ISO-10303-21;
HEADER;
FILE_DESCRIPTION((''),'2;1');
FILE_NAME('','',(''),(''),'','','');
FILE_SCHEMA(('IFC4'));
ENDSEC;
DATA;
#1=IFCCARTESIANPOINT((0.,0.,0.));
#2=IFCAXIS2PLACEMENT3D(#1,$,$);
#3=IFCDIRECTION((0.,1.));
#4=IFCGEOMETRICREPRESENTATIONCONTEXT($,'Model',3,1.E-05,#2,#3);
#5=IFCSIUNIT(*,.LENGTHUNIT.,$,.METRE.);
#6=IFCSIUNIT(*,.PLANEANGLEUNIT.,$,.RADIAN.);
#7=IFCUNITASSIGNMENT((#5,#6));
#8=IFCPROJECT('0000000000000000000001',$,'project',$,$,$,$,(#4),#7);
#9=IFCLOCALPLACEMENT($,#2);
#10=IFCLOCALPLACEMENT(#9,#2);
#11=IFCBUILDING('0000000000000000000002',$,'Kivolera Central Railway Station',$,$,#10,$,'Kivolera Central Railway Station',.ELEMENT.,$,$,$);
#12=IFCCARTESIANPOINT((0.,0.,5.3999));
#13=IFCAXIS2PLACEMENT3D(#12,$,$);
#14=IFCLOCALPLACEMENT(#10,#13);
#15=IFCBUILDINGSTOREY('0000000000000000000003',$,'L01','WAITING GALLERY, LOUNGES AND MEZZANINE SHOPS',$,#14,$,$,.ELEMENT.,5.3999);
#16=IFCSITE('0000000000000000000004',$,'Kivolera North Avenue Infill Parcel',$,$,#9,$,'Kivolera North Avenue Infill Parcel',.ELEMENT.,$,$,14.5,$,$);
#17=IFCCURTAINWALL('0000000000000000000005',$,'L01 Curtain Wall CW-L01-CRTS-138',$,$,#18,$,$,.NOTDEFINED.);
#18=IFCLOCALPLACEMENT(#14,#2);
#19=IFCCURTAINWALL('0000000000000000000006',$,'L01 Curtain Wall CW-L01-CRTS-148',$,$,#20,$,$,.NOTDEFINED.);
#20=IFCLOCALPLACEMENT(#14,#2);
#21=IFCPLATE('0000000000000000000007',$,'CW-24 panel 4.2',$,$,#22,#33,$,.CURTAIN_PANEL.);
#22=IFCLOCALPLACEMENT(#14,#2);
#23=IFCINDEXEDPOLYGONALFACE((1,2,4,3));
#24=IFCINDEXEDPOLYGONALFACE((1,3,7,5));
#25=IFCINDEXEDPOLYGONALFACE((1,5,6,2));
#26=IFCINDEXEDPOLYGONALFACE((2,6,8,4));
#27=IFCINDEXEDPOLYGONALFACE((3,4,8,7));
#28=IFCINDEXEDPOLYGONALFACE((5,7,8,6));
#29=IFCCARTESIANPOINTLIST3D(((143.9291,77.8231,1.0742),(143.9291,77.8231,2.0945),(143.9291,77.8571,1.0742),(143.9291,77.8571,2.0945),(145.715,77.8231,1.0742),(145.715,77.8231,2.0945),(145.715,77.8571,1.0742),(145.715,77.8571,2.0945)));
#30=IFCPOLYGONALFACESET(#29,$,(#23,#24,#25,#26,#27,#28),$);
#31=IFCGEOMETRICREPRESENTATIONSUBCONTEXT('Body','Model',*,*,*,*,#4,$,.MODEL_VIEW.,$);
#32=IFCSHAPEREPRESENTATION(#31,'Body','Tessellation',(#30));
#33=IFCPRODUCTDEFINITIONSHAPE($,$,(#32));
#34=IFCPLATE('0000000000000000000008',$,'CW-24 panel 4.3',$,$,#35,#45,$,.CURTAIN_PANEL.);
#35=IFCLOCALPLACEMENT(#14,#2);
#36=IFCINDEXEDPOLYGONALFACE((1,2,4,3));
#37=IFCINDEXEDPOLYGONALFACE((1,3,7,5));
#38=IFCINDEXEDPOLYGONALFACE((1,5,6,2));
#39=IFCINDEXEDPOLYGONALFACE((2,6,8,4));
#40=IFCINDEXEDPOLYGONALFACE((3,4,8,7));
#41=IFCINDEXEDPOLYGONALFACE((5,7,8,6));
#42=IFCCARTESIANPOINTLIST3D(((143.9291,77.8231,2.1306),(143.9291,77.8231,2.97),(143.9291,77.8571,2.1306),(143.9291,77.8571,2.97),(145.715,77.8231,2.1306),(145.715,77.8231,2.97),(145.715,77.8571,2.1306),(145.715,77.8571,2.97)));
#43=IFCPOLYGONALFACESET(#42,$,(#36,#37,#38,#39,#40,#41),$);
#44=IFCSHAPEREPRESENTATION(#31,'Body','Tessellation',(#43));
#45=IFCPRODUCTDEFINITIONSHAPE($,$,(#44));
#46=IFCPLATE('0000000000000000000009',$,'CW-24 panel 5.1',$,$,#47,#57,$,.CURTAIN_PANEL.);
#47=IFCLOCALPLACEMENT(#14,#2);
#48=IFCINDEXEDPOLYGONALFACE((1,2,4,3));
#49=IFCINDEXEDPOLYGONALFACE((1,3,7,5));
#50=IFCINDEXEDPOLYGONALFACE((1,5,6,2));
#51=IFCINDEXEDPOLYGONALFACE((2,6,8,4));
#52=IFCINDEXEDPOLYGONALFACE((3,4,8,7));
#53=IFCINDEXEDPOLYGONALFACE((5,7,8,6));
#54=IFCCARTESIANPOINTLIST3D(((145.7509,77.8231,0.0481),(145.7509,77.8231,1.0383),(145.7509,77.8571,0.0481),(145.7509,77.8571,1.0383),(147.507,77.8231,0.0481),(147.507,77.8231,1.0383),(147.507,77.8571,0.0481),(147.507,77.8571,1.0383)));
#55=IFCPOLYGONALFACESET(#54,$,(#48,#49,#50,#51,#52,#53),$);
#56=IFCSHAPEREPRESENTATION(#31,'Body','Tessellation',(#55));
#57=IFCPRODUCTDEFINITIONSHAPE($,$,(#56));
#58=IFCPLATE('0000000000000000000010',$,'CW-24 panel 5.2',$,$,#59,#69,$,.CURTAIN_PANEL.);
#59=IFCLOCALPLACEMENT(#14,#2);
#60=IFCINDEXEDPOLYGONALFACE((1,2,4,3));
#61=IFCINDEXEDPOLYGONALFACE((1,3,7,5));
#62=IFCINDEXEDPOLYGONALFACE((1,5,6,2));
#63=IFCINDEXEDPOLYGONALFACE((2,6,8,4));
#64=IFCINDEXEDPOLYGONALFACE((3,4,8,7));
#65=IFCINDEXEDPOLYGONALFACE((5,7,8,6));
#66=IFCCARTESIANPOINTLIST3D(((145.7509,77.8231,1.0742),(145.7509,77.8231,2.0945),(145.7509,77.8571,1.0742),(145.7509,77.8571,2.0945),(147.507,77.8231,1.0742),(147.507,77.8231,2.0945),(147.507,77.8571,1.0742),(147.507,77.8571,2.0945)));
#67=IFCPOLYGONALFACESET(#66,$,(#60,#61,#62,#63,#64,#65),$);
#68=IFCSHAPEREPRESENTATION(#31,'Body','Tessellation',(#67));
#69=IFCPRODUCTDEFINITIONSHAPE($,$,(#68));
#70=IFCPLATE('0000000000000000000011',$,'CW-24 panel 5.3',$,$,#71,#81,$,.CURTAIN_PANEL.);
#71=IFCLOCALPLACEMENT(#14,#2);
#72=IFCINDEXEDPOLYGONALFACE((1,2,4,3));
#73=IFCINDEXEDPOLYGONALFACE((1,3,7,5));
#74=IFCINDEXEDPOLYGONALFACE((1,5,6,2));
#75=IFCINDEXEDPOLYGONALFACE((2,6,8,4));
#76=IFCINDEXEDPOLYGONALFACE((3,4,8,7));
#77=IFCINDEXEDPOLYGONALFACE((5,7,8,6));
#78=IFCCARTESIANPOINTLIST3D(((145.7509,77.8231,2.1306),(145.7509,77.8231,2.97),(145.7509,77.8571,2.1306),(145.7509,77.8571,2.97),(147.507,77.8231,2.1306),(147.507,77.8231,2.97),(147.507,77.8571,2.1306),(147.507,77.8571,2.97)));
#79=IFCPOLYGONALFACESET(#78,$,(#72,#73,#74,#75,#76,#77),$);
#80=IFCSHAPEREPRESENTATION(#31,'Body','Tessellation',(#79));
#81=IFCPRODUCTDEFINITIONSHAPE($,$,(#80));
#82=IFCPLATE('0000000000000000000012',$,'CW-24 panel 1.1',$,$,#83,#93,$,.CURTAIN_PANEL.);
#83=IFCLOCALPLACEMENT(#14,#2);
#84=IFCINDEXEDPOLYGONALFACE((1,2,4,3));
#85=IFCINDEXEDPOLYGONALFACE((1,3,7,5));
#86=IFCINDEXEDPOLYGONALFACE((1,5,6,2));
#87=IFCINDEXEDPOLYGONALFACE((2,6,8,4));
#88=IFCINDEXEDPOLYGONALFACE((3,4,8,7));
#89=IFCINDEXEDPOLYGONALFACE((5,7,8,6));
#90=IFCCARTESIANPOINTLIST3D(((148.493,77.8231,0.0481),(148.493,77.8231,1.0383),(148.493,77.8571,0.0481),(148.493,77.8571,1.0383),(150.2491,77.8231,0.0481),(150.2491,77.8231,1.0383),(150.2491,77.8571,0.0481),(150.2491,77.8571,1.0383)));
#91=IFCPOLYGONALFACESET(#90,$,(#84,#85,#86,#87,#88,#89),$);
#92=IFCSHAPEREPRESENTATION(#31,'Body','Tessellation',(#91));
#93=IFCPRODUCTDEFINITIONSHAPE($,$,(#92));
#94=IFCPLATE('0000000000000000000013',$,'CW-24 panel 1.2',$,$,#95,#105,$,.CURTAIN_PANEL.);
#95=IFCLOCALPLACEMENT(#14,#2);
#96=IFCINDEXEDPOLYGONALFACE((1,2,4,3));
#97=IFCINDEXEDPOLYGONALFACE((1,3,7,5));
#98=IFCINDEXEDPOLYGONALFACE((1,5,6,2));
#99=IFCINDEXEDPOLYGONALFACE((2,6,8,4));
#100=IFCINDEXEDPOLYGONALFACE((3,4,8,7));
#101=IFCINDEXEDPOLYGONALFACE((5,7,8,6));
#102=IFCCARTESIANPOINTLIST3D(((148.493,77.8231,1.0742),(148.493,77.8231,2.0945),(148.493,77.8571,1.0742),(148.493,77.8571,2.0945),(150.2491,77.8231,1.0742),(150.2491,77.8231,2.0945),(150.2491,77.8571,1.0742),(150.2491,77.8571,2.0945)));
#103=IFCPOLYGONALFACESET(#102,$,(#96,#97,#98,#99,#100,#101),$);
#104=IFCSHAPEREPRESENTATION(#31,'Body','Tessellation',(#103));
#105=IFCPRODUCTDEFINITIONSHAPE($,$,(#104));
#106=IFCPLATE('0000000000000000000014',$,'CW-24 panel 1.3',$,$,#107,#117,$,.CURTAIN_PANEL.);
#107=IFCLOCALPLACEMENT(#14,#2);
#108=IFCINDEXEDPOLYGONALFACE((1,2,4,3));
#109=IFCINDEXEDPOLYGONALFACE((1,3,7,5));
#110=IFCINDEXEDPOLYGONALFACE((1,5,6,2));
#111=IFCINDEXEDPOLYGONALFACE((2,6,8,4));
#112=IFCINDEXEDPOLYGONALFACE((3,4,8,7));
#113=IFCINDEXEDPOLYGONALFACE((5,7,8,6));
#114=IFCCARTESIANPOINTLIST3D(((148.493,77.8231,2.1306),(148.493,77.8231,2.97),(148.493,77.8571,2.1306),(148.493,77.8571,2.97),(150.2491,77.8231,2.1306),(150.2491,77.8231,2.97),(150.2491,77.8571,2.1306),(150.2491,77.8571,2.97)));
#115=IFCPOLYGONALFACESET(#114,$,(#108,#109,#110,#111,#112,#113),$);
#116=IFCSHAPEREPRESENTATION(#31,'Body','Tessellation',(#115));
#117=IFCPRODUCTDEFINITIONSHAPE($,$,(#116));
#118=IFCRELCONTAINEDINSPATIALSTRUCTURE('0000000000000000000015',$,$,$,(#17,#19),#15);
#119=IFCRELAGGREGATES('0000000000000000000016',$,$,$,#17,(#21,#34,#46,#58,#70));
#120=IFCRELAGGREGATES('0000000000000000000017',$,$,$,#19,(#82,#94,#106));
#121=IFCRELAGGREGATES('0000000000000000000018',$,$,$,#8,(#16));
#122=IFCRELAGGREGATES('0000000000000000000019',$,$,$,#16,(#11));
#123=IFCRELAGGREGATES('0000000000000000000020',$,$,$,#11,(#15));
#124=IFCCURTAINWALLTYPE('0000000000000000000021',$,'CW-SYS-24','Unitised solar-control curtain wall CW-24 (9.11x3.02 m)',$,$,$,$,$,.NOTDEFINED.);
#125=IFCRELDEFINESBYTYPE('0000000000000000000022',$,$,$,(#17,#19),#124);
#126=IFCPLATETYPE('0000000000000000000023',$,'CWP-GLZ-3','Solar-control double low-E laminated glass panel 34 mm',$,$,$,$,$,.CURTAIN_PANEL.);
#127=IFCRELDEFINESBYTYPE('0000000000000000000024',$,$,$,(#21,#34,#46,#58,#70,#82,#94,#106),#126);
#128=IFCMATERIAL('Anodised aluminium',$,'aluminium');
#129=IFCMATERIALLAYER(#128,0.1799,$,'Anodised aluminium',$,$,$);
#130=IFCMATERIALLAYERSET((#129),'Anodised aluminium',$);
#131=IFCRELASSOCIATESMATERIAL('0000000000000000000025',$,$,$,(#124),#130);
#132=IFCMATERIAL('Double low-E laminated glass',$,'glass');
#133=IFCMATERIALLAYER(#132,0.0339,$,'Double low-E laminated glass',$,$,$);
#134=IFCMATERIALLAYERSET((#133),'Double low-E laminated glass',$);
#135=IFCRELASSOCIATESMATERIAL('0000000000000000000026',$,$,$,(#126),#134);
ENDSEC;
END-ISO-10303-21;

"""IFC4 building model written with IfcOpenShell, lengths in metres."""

from ifc_helpers import new_model, si_unit, direction, frame, origin, origin_2d, place, context, subcontext, project, spatial, rectangle, extrude, material, layer, layer_set, type_object, element, aggregate, save


model = new_model("IFC4")

# Units and contexts
model_context = context("Model", 3, precision=1e-05, world=origin(), true_north=direction((0.0, 1.0)))
body_context = subcontext(model_context, "Body", "Model", "MODEL_VIEW")
ifc_project = project(units=[si_unit("LENGTHUNIT", "METRE"), si_unit("PLANEANGLEUNIT", "RADIAN")], contexts=[model_context])

# Site, building, storey
site_placement = place(None, origin())
site = spatial("IfcSite", under=ifc_project, at=site_placement, Name="Kivolera North Avenue Infill Parcel", LongName="Kivolera North Avenue Infill Parcel", CompositionType="ELEMENT", RefElevation=14.5)
building_placement = place(site_placement, origin())
building = spatial("IfcBuilding", under=site, at=building_placement, Name="Kivolera Central Railway Station", LongName="Kivolera Central Railway Station", CompositionType="ELEMENT")
storey_placement = place(building_placement, frame((0.0, 0.0, 5.3999)))
storey = spatial("IfcBuildingStorey", under=building, at=storey_placement, Name="L01", Description="WAITING GALLERY, LOUNGES AND MEZZANINE SHOPS", CompositionType="ELEMENT", Elevation=5.3999)

# Curtain walls
ifc_material_1 = material(Name="Anodised aluminium", Category="aluminium")
ifc_layer_1 = layer(ifc_material_1, 0.1799, Name="Anodised aluminium")
ifc_layer_set_1 = layer_set([ifc_layer_1], Name="Anodised aluminium")
curtain_wall_type = type_object("IfcCurtainWallType", Name="CW-SYS-24", Description="Unitised solar-control curtain wall CW-24 (9.11x3.02 m)", PredefinedType="NOTDEFINED", material=ifc_layer_set_1)
curtain_wall_1_placement = place(storey_placement, origin())
curtain_wall_1 = element("IfcCurtainWall", 1, at=curtain_wall_1_placement, inside=storey, type_object=curtain_wall_type, Name="L01 Curtain Wall CW-L01-CRTS-138", PredefinedType="NOTDEFINED")
curtain_wall_2_placement = place(storey_placement, origin())
curtain_wall_2 = element("IfcCurtainWall", 2, at=curtain_wall_2_placement, inside=storey, type_object=curtain_wall_type, Name="L01 Curtain Wall CW-L01-CRTS-148", PredefinedType="NOTDEFINED")

# Plates
ifc_material_2 = material(Name="Double low-E laminated glass", Category="glass")
ifc_layer_2 = layer(ifc_material_2, 0.0339, Name="Double low-E laminated glass")
ifc_layer_set_2 = layer_set([ifc_layer_2], Name="Double low-E laminated glass")
plate_type = type_object("IfcPlateType", Name="CWP-GLZ-3", Description="Solar-control double low-E laminated glass panel 34 mm", PredefinedType="CURTAIN_PANEL", material=ifc_layer_set_2)
plate_1_placement = place(storey_placement, frame((144.822, 77.8401, 1.0742), z_axis=(0.0, 0.0, 1.0), x_axis=(1.0, 0.0, 0.0)))
plate_1 = element("IfcPlate", 3, at=plate_1_placement, type_object=plate_type, Name="CW-24 panel 4.2", PredefinedType="CURTAIN_PANEL", context=body_context, shape_type="SweptSolid", body=[
    extrude(rectangle(XDim=1.7859, YDim=0.0339, at=origin_2d()), origin(), (0.0, 0.0, 1.0), 1.0203),
])
plate_2_placement = place(storey_placement, frame((144.822, 77.8401, 2.1306), z_axis=(0.0, 0.0, 1.0), x_axis=(1.0, 0.0, 0.0)))
plate_2 = element("IfcPlate", 4, at=plate_2_placement, type_object=plate_type, Name="CW-24 panel 4.3", PredefinedType="CURTAIN_PANEL", context=body_context, shape_type="SweptSolid", body=[
    extrude(rectangle(XDim=1.7859, YDim=0.0339, at=origin_2d()), origin(), (0.0, 0.0, 1.0), 0.8394),
])
plate_3_placement = place(storey_placement, frame((146.6289, 77.8401, 0.0481), z_axis=(0.0, 0.0, 1.0), x_axis=(1.0, 0.0, 0.0)))
plate_3 = element("IfcPlate", 5, at=plate_3_placement, type_object=plate_type, Name="CW-24 panel 5.1", PredefinedType="CURTAIN_PANEL", context=body_context, shape_type="SweptSolid", body=[
    extrude(rectangle(XDim=1.7561, YDim=0.0339, at=origin_2d()), origin(), (0.0, 0.0, 1.0), 0.9902),
])
plate_4_placement = place(storey_placement, frame((146.6289, 77.8401, 1.0742), z_axis=(0.0, 0.0, 1.0), x_axis=(1.0, 0.0, 0.0)))
plate_4 = element("IfcPlate", 6, at=plate_4_placement, type_object=plate_type, Name="CW-24 panel 5.2", PredefinedType="CURTAIN_PANEL", context=body_context, shape_type="SweptSolid", body=[
    extrude(rectangle(XDim=1.7561, YDim=0.0339, at=origin_2d()), origin(), (0.0, 0.0, 1.0), 1.0203),
])
plate_5_placement = place(storey_placement, frame((146.6289, 77.8401, 2.1306), z_axis=(0.0, 0.0, 1.0), x_axis=(1.0, 0.0, 0.0)))
plate_5 = element("IfcPlate", 7, at=plate_5_placement, type_object=plate_type, Name="CW-24 panel 5.3", PredefinedType="CURTAIN_PANEL", context=body_context, shape_type="SweptSolid", body=[
    extrude(rectangle(XDim=1.7561, YDim=0.0339, at=origin_2d()), origin(), (0.0, 0.0, 1.0), 0.8394),
])
aggregate(curtain_wall_1, [plate_1, plate_2, plate_3, plate_4, plate_5])
plate_6_placement = place(storey_placement, frame((149.3711, 77.8401, 0.0481), z_axis=(0.0, 0.0, 1.0), x_axis=(1.0, 0.0, 0.0)))
plate_6 = element("IfcPlate", 8, at=plate_6_placement, type_object=plate_type, Name="CW-24 panel 1.1", PredefinedType="CURTAIN_PANEL", context=body_context, shape_type="SweptSolid", body=[
    extrude(rectangle(XDim=1.7561, YDim=0.0339, at=origin_2d()), origin(), (0.0, 0.0, 1.0), 0.9902),
])
plate_7_placement = place(storey_placement, frame((149.3711, 77.8401, 1.0742), z_axis=(0.0, 0.0, 1.0), x_axis=(1.0, 0.0, 0.0)))
plate_7 = element("IfcPlate", 9, at=plate_7_placement, type_object=plate_type, Name="CW-24 panel 1.2", PredefinedType="CURTAIN_PANEL", context=body_context, shape_type="SweptSolid", body=[
    extrude(rectangle(XDim=1.7561, YDim=0.0339, at=origin_2d()), origin(), (0.0, 0.0, 1.0), 1.0203),
])
plate_8_placement = place(storey_placement, frame((149.3711, 77.8401, 2.1306), z_axis=(0.0, 0.0, 1.0), x_axis=(1.0, 0.0, 0.0)))
plate_8 = element("IfcPlate", 10, at=plate_8_placement, type_object=plate_type, Name="CW-24 panel 1.3", PredefinedType="CURTAIN_PANEL", context=body_context, shape_type="SweptSolid", body=[
    extrude(rectangle(XDim=1.7561, YDim=0.0339, at=origin_2d()), origin(), (0.0, 0.0, 1.0), 0.8394),
])
aggregate(curtain_wall_2, [plate_6, plate_7, plate_8])

save(model, "model.ifc")
